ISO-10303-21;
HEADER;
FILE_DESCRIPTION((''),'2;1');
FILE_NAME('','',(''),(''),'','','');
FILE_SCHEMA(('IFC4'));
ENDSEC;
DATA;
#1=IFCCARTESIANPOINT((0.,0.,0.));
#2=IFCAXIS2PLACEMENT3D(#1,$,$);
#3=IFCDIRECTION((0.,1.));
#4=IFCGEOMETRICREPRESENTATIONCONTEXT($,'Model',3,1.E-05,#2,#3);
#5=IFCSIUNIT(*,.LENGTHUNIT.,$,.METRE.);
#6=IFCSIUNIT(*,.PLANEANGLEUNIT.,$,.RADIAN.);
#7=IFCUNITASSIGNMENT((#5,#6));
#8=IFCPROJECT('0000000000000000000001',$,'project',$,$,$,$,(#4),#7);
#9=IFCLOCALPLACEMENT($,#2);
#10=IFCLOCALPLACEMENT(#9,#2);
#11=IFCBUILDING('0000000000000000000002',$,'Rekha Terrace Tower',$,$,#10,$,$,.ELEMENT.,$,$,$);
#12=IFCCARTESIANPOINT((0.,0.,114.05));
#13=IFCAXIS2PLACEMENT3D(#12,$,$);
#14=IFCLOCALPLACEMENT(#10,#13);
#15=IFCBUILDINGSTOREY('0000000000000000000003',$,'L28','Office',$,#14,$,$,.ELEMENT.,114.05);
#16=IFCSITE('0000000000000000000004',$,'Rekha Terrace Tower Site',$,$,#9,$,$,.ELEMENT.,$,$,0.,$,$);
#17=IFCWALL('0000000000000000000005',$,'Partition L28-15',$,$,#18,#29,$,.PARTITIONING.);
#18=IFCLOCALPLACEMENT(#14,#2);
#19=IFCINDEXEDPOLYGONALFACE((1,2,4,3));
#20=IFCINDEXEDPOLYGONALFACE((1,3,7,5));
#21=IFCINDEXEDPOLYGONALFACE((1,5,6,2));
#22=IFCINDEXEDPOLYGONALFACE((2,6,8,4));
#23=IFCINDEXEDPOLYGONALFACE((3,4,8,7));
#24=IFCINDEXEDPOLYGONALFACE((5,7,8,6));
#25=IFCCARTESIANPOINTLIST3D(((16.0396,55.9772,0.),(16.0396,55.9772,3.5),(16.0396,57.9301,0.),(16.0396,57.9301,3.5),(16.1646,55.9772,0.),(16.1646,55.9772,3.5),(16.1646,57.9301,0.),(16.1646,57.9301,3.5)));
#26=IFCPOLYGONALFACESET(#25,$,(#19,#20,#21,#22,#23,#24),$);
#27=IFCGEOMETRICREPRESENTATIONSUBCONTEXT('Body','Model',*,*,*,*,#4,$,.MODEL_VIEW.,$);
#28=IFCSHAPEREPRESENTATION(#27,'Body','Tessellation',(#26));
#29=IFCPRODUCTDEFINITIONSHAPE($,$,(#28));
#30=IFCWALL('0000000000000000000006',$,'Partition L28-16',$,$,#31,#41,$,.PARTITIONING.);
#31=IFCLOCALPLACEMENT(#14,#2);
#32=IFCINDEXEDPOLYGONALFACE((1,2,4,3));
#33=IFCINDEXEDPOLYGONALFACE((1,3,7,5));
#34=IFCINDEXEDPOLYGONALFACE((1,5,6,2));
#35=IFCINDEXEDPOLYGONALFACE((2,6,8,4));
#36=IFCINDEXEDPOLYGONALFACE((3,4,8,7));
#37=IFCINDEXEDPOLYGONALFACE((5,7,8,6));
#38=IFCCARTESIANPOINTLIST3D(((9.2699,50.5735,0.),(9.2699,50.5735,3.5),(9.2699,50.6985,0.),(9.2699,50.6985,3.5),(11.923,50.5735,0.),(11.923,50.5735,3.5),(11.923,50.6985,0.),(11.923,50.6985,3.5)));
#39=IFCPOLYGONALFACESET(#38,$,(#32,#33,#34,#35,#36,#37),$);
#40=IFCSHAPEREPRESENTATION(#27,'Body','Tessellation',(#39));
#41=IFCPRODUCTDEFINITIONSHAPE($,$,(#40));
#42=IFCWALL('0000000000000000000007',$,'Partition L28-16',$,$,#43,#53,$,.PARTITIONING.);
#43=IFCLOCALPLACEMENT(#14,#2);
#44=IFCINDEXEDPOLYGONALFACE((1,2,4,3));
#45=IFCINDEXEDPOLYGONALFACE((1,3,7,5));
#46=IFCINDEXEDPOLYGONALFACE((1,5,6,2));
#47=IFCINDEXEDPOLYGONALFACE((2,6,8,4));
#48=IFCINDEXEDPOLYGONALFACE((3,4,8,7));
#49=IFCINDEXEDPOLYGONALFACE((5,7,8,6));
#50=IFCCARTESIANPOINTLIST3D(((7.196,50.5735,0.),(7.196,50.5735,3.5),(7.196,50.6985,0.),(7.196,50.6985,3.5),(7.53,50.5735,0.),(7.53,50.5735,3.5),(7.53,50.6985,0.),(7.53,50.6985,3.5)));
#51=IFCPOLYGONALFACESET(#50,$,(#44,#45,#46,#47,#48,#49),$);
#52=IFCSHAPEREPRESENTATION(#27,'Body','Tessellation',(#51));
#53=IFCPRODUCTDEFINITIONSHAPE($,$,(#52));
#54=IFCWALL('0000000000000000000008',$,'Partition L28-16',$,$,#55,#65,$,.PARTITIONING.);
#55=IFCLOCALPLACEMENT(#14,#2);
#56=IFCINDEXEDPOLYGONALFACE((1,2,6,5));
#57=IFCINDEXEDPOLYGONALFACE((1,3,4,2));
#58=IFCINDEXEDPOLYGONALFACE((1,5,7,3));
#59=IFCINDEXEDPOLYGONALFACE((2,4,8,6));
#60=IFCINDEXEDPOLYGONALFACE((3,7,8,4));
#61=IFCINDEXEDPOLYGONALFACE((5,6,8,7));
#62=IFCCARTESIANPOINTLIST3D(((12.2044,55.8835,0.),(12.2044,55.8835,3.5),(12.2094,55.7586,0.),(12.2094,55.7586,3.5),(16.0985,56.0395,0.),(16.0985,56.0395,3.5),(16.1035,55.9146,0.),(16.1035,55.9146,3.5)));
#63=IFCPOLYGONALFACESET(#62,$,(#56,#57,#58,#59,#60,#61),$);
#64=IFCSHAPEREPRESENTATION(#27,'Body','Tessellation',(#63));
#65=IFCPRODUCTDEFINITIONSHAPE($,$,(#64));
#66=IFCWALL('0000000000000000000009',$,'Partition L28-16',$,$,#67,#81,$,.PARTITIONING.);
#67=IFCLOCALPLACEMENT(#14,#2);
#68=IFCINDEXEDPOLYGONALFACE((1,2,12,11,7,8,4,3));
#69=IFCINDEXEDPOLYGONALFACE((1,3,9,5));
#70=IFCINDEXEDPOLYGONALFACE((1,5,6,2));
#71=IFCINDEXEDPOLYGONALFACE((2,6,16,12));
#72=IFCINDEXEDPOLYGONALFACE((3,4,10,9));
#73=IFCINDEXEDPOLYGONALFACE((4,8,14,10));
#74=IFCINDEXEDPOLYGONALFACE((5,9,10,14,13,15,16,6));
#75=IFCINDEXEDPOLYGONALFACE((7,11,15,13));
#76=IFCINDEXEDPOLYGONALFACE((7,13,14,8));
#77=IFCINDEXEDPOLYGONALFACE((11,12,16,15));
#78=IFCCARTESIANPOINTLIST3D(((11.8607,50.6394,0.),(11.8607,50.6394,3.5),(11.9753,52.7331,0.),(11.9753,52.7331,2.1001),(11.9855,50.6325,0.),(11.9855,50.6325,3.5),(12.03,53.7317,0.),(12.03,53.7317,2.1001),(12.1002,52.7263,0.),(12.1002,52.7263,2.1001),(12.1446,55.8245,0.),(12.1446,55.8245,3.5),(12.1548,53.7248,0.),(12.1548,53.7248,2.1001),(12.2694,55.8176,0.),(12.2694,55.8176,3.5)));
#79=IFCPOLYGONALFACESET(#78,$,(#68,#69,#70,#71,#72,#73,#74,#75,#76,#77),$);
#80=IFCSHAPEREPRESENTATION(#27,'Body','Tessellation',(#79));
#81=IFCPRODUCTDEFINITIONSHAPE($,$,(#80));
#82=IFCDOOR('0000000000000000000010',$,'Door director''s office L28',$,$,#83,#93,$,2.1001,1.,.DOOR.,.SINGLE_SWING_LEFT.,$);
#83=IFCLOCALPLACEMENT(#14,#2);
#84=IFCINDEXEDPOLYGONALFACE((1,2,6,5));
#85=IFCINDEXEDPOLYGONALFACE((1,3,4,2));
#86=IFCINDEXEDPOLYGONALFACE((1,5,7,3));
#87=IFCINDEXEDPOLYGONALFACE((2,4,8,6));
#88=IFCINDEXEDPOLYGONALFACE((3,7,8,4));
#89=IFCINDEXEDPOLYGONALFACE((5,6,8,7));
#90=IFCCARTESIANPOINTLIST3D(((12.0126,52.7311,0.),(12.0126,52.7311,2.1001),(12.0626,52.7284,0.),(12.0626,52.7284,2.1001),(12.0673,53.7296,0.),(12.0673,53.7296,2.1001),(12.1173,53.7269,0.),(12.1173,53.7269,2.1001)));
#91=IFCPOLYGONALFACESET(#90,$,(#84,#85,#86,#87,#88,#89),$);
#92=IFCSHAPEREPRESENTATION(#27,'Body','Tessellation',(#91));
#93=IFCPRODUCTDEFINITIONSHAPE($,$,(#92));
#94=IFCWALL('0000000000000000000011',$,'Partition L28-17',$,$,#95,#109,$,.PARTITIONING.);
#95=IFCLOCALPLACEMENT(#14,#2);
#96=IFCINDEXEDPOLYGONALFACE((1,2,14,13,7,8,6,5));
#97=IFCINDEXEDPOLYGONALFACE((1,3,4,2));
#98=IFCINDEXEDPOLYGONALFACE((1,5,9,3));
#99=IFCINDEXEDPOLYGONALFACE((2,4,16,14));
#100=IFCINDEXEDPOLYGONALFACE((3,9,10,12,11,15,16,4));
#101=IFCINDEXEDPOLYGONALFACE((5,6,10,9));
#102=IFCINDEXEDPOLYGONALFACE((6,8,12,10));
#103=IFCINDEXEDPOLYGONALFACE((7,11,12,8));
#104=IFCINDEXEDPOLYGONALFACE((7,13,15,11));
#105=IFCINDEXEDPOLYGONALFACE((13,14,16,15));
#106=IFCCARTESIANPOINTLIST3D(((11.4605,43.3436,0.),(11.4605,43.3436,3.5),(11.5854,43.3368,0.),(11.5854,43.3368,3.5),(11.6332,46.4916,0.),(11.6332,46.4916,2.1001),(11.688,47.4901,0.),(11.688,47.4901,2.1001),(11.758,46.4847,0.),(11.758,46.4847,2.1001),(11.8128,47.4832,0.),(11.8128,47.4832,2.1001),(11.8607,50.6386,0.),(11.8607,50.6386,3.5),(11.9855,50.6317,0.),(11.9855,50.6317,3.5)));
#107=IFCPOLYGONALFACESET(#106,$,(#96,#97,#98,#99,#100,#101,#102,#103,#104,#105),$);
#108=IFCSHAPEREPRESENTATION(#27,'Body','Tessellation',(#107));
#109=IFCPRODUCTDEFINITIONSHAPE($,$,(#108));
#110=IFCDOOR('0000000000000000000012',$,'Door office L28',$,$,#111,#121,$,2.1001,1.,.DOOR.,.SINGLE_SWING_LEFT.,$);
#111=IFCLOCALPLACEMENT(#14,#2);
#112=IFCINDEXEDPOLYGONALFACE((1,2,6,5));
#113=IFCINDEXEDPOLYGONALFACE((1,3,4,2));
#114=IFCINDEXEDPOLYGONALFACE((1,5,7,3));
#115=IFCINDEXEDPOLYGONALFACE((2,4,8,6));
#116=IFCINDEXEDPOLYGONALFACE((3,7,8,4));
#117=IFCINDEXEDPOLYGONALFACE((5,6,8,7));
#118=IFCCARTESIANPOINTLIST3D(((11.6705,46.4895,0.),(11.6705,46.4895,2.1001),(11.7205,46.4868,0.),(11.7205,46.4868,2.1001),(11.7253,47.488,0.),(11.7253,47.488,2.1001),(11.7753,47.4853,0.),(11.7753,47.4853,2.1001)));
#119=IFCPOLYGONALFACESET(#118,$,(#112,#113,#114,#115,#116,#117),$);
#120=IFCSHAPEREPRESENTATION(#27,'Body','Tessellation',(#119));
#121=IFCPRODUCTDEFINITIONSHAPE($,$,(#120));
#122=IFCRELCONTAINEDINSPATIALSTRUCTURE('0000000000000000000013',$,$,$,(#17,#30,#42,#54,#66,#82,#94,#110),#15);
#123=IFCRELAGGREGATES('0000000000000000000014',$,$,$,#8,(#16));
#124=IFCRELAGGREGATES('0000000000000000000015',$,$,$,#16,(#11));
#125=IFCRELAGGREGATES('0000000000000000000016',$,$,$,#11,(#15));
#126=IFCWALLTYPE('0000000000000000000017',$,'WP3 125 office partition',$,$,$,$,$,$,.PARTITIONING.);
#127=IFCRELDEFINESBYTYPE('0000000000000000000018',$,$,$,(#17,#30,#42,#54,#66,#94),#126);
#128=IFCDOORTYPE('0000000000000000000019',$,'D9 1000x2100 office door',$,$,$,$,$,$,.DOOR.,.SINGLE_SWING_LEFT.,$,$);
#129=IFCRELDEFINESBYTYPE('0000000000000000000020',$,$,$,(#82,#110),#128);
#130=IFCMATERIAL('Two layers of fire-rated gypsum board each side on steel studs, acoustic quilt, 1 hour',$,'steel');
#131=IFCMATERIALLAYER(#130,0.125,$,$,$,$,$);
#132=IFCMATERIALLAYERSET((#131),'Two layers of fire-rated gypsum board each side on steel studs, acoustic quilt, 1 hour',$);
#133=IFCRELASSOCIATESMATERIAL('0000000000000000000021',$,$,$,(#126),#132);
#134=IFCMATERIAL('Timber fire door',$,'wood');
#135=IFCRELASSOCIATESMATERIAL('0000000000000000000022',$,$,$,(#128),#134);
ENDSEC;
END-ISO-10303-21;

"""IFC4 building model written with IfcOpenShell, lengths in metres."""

from ifc_helpers import new_model, si_unit, direction, frame, frame_2d, origin, place, context, subcontext, project, spatial, rectangle, extrude, material, layer, layer_set, type_object, element, fill, save


model = new_model("IFC4")

# Units and contexts
model_context = context("Model", 3, precision=1e-05, world=origin(), true_north=direction((0.0, 1.0)))
body_context = subcontext(model_context, "Body", "Model", "MODEL_VIEW")
ifc_project = project(units=[si_unit("LENGTHUNIT", "METRE"), si_unit("PLANEANGLEUNIT", "RADIAN")], contexts=[model_context])

# Site, building, storey
site_placement = place(None, origin())
site = spatial("IfcSite", under=ifc_project, at=site_placement, Name="Rekha Terrace Tower Site", CompositionType="ELEMENT", RefElevation=0.0)
building_placement = place(site_placement, origin())
building = spatial("IfcBuilding", under=site, at=building_placement, Name="Rekha Terrace Tower", CompositionType="ELEMENT")
storey_placement = place(building_placement, frame((0.0, 0.0, 114.05)))
storey = spatial("IfcBuildingStorey", under=building, at=storey_placement, Name="L28", Description="Office", CompositionType="ELEMENT", Elevation=114.05)

# Walls
ifc_material_1 = material(Name="Two layers of fire-rated gypsum board each side on steel studs, acoustic quilt, 1 hour", Category="steel")
ifc_layer_1 = layer(ifc_material_1, 0.125)
ifc_layer_set_1 = layer_set([ifc_layer_1], Name="Two layers of fire-rated gypsum board each side on steel studs, acoustic quilt, 1 hour")
wall_type = type_object("IfcWallType", Name="WP3 125 office partition", PredefinedType="PARTITIONING", material=ifc_layer_set_1)
wall_1_placement = place(storey_placement, frame((16.1021, 55.9771, 0.0), z_axis=(0.0, 0.0, 1.0), x_axis=(0.0, 1.0, 0.0)))
element("IfcWall", 1, at=wall_1_placement, inside=storey, type_object=wall_type, Name="Partition L28-15", PredefinedType="PARTITIONING", context=body_context, shape_type="SweptSolid", body=[
    extrude(rectangle(XDim=1.9529, YDim=0.125, at=frame_2d((0.9766, 0.0))), origin(), (0.0, 0.0, 1.0), 3.5),
])
wall_2_placement = place(storey_placement, frame((11.9231, 50.636, 0.0), z_axis=(0.0, 0.0, 1.0), x_axis=(-1.0, 0.0, 0.0)))
element("IfcWall", 2, at=wall_2_placement, inside=storey, type_object=wall_type, Name="Partition L28-16", PredefinedType="PARTITIONING", context=body_context, shape_type="SweptSolid", body=[
    extrude(rectangle(XDim=2.6531, YDim=0.125, at=frame_2d((1.3267, 0.0))), origin(), (0.0, 0.0, 1.0), 3.5),
])
wall_3_placement = place(storey_placement, frame((7.53, 50.636, 0.0), z_axis=(0.0, 0.0, 1.0), x_axis=(-1.0, 0.0, 0.0)))
element("IfcWall", 3, at=wall_3_placement, inside=storey, type_object=wall_type, Name="Partition L28-16", PredefinedType="PARTITIONING", context=body_context, shape_type="SweptSolid", body=[
    extrude(rectangle(XDim=0.334, YDim=0.125, at=frame_2d((0.167, 0.0))), origin(), (0.0, 0.0, 1.0), 3.5),
])
wall_4_placement = place(storey_placement, frame((16.1011, 55.9771, 0.0), z_axis=(0.0, 0.0, 1.0), x_axis=(-0.999198, -0.040031, 0.0)))
element("IfcWall", 4, at=wall_4_placement, inside=storey, type_object=wall_type, Name="Partition L28-16", PredefinedType="PARTITIONING", context=body_context, shape_type="SweptSolid", body=[
    extrude(rectangle(XDim=3.8972, YDim=0.125, at=frame_2d((1.9487, 0.0))), origin(), (0.0, 0.0, 1.0), 3.5),
])

# Walls, openings, doors
wall_5_placement = place(storey_placement, frame((12.207, 55.821, 0.0), z_axis=(0.0, 0.0, 1.0), x_axis=(-0.054678, -0.998504, 0.0)))
wall_5 = element("IfcWall", 5, at=wall_5_placement, inside=storey, type_object=wall_type, Name="Partition L28-16", PredefinedType="PARTITIONING", context=body_context, shape_type="SweptSolid", body=[
    extrude(rectangle(XDim=5.1929, YDim=0.125, at=frame_2d((2.5964, 0.0))), origin(), (0.0, 0.0, 1.0), 3.5),
])
opening_1_placement = place(wall_5_placement, frame((2.0959, 0.0, 0.0)))
opening_1 = element("IfcOpeningElement", 6, at=opening_1_placement, cuts=wall_5, PredefinedType="OPENING", context=body_context, shape_type="SweptSolid", body=[
    extrude(rectangle(XDim=1.0, YDim=2.1001, at=frame_2d((0.5, 1.05))), frame((0.0, 0.0725, 0.0), z_axis=(0.0, -1.0, 0.0), x_axis=(1.0, 0.0, 0.0)), (0.0, 0.0, 1.0), 0.145),
])
ifc_material_2 = material(Name="Timber fire door", Category="wood")
door_type = type_object("IfcDoorType", Name="D9 1000x2100 office door", OperationType="SINGLE_SWING_LEFT", PredefinedType="DOOR", material=ifc_material_2)
door_1_placement = place(opening_1_placement, origin())
door_1 = element("IfcDoor", 7, at=door_1_placement, inside=storey, type_object=door_type, Name="Door director's office L28", OperationType="SINGLE_SWING_LEFT", OverallHeight=2.1001, OverallWidth=1.0, PredefinedType="DOOR", context=body_context, shape_type="SweptSolid", body=[
    extrude(rectangle(XDim=1.0, YDim=2.1001, at=frame_2d((0.5, 1.05))), frame((0.0, 0.0249, 0.0), z_axis=(0.0, -1.0, 0.0), x_axis=(1.0, 0.0, 0.0)), (0.0, 0.0, 1.0), 0.05),
])
fill(opening_1, door_1)
wall_6_placement = place(storey_placement, frame((11.9231, 50.635, 0.0), z_axis=(0.0, 0.0, 1.0), x_axis=(-0.05477, -0.998499, 0.0)))
wall_6 = element("IfcWall", 8, at=wall_6_placement, inside=storey, type_object=wall_type, Name="Partition L28-17", PredefinedType="PARTITIONING", context=body_context, shape_type="SweptSolid", body=[
    extrude(rectangle(XDim=7.3059, YDim=0.125, at=frame_2d((3.6528, 0.0))), origin(), (0.0, 0.0, 1.0), 3.5),
])
opening_2_placement = place(wall_6_placement, frame((3.1531, 0.0, 0.0)))
opening_2 = element("IfcOpeningElement", 9, at=opening_2_placement, cuts=wall_6, PredefinedType="OPENING", context=body_context, shape_type="SweptSolid", body=[
    extrude(rectangle(XDim=1.0, YDim=2.1001, at=frame_2d((0.5, 1.05))), frame((0.0, 0.0725, 0.0), z_axis=(0.0, -1.0, 0.0), x_axis=(1.0, 0.0, 0.0)), (0.0, 0.0, 1.0), 0.145),
])
door_2_placement = place(opening_2_placement, origin())
door_2 = element("IfcDoor", 10, at=door_2_placement, inside=storey, type_object=door_type, Name="Door office L28", OperationType="SINGLE_SWING_LEFT", OverallHeight=2.1001, OverallWidth=1.0, PredefinedType="DOOR", context=body_context, shape_type="SweptSolid", body=[
    extrude(rectangle(XDim=1.0, YDim=2.1001, at=frame_2d((0.5, 1.05))), frame((0.0, 0.0249, 0.0), z_axis=(0.0, -1.0, 0.0), x_axis=(1.0, 0.0, 0.0)), (0.0, 0.0, 1.0), 0.05),
])
fill(opening_2, door_2)

save(model, "model.ifc")
